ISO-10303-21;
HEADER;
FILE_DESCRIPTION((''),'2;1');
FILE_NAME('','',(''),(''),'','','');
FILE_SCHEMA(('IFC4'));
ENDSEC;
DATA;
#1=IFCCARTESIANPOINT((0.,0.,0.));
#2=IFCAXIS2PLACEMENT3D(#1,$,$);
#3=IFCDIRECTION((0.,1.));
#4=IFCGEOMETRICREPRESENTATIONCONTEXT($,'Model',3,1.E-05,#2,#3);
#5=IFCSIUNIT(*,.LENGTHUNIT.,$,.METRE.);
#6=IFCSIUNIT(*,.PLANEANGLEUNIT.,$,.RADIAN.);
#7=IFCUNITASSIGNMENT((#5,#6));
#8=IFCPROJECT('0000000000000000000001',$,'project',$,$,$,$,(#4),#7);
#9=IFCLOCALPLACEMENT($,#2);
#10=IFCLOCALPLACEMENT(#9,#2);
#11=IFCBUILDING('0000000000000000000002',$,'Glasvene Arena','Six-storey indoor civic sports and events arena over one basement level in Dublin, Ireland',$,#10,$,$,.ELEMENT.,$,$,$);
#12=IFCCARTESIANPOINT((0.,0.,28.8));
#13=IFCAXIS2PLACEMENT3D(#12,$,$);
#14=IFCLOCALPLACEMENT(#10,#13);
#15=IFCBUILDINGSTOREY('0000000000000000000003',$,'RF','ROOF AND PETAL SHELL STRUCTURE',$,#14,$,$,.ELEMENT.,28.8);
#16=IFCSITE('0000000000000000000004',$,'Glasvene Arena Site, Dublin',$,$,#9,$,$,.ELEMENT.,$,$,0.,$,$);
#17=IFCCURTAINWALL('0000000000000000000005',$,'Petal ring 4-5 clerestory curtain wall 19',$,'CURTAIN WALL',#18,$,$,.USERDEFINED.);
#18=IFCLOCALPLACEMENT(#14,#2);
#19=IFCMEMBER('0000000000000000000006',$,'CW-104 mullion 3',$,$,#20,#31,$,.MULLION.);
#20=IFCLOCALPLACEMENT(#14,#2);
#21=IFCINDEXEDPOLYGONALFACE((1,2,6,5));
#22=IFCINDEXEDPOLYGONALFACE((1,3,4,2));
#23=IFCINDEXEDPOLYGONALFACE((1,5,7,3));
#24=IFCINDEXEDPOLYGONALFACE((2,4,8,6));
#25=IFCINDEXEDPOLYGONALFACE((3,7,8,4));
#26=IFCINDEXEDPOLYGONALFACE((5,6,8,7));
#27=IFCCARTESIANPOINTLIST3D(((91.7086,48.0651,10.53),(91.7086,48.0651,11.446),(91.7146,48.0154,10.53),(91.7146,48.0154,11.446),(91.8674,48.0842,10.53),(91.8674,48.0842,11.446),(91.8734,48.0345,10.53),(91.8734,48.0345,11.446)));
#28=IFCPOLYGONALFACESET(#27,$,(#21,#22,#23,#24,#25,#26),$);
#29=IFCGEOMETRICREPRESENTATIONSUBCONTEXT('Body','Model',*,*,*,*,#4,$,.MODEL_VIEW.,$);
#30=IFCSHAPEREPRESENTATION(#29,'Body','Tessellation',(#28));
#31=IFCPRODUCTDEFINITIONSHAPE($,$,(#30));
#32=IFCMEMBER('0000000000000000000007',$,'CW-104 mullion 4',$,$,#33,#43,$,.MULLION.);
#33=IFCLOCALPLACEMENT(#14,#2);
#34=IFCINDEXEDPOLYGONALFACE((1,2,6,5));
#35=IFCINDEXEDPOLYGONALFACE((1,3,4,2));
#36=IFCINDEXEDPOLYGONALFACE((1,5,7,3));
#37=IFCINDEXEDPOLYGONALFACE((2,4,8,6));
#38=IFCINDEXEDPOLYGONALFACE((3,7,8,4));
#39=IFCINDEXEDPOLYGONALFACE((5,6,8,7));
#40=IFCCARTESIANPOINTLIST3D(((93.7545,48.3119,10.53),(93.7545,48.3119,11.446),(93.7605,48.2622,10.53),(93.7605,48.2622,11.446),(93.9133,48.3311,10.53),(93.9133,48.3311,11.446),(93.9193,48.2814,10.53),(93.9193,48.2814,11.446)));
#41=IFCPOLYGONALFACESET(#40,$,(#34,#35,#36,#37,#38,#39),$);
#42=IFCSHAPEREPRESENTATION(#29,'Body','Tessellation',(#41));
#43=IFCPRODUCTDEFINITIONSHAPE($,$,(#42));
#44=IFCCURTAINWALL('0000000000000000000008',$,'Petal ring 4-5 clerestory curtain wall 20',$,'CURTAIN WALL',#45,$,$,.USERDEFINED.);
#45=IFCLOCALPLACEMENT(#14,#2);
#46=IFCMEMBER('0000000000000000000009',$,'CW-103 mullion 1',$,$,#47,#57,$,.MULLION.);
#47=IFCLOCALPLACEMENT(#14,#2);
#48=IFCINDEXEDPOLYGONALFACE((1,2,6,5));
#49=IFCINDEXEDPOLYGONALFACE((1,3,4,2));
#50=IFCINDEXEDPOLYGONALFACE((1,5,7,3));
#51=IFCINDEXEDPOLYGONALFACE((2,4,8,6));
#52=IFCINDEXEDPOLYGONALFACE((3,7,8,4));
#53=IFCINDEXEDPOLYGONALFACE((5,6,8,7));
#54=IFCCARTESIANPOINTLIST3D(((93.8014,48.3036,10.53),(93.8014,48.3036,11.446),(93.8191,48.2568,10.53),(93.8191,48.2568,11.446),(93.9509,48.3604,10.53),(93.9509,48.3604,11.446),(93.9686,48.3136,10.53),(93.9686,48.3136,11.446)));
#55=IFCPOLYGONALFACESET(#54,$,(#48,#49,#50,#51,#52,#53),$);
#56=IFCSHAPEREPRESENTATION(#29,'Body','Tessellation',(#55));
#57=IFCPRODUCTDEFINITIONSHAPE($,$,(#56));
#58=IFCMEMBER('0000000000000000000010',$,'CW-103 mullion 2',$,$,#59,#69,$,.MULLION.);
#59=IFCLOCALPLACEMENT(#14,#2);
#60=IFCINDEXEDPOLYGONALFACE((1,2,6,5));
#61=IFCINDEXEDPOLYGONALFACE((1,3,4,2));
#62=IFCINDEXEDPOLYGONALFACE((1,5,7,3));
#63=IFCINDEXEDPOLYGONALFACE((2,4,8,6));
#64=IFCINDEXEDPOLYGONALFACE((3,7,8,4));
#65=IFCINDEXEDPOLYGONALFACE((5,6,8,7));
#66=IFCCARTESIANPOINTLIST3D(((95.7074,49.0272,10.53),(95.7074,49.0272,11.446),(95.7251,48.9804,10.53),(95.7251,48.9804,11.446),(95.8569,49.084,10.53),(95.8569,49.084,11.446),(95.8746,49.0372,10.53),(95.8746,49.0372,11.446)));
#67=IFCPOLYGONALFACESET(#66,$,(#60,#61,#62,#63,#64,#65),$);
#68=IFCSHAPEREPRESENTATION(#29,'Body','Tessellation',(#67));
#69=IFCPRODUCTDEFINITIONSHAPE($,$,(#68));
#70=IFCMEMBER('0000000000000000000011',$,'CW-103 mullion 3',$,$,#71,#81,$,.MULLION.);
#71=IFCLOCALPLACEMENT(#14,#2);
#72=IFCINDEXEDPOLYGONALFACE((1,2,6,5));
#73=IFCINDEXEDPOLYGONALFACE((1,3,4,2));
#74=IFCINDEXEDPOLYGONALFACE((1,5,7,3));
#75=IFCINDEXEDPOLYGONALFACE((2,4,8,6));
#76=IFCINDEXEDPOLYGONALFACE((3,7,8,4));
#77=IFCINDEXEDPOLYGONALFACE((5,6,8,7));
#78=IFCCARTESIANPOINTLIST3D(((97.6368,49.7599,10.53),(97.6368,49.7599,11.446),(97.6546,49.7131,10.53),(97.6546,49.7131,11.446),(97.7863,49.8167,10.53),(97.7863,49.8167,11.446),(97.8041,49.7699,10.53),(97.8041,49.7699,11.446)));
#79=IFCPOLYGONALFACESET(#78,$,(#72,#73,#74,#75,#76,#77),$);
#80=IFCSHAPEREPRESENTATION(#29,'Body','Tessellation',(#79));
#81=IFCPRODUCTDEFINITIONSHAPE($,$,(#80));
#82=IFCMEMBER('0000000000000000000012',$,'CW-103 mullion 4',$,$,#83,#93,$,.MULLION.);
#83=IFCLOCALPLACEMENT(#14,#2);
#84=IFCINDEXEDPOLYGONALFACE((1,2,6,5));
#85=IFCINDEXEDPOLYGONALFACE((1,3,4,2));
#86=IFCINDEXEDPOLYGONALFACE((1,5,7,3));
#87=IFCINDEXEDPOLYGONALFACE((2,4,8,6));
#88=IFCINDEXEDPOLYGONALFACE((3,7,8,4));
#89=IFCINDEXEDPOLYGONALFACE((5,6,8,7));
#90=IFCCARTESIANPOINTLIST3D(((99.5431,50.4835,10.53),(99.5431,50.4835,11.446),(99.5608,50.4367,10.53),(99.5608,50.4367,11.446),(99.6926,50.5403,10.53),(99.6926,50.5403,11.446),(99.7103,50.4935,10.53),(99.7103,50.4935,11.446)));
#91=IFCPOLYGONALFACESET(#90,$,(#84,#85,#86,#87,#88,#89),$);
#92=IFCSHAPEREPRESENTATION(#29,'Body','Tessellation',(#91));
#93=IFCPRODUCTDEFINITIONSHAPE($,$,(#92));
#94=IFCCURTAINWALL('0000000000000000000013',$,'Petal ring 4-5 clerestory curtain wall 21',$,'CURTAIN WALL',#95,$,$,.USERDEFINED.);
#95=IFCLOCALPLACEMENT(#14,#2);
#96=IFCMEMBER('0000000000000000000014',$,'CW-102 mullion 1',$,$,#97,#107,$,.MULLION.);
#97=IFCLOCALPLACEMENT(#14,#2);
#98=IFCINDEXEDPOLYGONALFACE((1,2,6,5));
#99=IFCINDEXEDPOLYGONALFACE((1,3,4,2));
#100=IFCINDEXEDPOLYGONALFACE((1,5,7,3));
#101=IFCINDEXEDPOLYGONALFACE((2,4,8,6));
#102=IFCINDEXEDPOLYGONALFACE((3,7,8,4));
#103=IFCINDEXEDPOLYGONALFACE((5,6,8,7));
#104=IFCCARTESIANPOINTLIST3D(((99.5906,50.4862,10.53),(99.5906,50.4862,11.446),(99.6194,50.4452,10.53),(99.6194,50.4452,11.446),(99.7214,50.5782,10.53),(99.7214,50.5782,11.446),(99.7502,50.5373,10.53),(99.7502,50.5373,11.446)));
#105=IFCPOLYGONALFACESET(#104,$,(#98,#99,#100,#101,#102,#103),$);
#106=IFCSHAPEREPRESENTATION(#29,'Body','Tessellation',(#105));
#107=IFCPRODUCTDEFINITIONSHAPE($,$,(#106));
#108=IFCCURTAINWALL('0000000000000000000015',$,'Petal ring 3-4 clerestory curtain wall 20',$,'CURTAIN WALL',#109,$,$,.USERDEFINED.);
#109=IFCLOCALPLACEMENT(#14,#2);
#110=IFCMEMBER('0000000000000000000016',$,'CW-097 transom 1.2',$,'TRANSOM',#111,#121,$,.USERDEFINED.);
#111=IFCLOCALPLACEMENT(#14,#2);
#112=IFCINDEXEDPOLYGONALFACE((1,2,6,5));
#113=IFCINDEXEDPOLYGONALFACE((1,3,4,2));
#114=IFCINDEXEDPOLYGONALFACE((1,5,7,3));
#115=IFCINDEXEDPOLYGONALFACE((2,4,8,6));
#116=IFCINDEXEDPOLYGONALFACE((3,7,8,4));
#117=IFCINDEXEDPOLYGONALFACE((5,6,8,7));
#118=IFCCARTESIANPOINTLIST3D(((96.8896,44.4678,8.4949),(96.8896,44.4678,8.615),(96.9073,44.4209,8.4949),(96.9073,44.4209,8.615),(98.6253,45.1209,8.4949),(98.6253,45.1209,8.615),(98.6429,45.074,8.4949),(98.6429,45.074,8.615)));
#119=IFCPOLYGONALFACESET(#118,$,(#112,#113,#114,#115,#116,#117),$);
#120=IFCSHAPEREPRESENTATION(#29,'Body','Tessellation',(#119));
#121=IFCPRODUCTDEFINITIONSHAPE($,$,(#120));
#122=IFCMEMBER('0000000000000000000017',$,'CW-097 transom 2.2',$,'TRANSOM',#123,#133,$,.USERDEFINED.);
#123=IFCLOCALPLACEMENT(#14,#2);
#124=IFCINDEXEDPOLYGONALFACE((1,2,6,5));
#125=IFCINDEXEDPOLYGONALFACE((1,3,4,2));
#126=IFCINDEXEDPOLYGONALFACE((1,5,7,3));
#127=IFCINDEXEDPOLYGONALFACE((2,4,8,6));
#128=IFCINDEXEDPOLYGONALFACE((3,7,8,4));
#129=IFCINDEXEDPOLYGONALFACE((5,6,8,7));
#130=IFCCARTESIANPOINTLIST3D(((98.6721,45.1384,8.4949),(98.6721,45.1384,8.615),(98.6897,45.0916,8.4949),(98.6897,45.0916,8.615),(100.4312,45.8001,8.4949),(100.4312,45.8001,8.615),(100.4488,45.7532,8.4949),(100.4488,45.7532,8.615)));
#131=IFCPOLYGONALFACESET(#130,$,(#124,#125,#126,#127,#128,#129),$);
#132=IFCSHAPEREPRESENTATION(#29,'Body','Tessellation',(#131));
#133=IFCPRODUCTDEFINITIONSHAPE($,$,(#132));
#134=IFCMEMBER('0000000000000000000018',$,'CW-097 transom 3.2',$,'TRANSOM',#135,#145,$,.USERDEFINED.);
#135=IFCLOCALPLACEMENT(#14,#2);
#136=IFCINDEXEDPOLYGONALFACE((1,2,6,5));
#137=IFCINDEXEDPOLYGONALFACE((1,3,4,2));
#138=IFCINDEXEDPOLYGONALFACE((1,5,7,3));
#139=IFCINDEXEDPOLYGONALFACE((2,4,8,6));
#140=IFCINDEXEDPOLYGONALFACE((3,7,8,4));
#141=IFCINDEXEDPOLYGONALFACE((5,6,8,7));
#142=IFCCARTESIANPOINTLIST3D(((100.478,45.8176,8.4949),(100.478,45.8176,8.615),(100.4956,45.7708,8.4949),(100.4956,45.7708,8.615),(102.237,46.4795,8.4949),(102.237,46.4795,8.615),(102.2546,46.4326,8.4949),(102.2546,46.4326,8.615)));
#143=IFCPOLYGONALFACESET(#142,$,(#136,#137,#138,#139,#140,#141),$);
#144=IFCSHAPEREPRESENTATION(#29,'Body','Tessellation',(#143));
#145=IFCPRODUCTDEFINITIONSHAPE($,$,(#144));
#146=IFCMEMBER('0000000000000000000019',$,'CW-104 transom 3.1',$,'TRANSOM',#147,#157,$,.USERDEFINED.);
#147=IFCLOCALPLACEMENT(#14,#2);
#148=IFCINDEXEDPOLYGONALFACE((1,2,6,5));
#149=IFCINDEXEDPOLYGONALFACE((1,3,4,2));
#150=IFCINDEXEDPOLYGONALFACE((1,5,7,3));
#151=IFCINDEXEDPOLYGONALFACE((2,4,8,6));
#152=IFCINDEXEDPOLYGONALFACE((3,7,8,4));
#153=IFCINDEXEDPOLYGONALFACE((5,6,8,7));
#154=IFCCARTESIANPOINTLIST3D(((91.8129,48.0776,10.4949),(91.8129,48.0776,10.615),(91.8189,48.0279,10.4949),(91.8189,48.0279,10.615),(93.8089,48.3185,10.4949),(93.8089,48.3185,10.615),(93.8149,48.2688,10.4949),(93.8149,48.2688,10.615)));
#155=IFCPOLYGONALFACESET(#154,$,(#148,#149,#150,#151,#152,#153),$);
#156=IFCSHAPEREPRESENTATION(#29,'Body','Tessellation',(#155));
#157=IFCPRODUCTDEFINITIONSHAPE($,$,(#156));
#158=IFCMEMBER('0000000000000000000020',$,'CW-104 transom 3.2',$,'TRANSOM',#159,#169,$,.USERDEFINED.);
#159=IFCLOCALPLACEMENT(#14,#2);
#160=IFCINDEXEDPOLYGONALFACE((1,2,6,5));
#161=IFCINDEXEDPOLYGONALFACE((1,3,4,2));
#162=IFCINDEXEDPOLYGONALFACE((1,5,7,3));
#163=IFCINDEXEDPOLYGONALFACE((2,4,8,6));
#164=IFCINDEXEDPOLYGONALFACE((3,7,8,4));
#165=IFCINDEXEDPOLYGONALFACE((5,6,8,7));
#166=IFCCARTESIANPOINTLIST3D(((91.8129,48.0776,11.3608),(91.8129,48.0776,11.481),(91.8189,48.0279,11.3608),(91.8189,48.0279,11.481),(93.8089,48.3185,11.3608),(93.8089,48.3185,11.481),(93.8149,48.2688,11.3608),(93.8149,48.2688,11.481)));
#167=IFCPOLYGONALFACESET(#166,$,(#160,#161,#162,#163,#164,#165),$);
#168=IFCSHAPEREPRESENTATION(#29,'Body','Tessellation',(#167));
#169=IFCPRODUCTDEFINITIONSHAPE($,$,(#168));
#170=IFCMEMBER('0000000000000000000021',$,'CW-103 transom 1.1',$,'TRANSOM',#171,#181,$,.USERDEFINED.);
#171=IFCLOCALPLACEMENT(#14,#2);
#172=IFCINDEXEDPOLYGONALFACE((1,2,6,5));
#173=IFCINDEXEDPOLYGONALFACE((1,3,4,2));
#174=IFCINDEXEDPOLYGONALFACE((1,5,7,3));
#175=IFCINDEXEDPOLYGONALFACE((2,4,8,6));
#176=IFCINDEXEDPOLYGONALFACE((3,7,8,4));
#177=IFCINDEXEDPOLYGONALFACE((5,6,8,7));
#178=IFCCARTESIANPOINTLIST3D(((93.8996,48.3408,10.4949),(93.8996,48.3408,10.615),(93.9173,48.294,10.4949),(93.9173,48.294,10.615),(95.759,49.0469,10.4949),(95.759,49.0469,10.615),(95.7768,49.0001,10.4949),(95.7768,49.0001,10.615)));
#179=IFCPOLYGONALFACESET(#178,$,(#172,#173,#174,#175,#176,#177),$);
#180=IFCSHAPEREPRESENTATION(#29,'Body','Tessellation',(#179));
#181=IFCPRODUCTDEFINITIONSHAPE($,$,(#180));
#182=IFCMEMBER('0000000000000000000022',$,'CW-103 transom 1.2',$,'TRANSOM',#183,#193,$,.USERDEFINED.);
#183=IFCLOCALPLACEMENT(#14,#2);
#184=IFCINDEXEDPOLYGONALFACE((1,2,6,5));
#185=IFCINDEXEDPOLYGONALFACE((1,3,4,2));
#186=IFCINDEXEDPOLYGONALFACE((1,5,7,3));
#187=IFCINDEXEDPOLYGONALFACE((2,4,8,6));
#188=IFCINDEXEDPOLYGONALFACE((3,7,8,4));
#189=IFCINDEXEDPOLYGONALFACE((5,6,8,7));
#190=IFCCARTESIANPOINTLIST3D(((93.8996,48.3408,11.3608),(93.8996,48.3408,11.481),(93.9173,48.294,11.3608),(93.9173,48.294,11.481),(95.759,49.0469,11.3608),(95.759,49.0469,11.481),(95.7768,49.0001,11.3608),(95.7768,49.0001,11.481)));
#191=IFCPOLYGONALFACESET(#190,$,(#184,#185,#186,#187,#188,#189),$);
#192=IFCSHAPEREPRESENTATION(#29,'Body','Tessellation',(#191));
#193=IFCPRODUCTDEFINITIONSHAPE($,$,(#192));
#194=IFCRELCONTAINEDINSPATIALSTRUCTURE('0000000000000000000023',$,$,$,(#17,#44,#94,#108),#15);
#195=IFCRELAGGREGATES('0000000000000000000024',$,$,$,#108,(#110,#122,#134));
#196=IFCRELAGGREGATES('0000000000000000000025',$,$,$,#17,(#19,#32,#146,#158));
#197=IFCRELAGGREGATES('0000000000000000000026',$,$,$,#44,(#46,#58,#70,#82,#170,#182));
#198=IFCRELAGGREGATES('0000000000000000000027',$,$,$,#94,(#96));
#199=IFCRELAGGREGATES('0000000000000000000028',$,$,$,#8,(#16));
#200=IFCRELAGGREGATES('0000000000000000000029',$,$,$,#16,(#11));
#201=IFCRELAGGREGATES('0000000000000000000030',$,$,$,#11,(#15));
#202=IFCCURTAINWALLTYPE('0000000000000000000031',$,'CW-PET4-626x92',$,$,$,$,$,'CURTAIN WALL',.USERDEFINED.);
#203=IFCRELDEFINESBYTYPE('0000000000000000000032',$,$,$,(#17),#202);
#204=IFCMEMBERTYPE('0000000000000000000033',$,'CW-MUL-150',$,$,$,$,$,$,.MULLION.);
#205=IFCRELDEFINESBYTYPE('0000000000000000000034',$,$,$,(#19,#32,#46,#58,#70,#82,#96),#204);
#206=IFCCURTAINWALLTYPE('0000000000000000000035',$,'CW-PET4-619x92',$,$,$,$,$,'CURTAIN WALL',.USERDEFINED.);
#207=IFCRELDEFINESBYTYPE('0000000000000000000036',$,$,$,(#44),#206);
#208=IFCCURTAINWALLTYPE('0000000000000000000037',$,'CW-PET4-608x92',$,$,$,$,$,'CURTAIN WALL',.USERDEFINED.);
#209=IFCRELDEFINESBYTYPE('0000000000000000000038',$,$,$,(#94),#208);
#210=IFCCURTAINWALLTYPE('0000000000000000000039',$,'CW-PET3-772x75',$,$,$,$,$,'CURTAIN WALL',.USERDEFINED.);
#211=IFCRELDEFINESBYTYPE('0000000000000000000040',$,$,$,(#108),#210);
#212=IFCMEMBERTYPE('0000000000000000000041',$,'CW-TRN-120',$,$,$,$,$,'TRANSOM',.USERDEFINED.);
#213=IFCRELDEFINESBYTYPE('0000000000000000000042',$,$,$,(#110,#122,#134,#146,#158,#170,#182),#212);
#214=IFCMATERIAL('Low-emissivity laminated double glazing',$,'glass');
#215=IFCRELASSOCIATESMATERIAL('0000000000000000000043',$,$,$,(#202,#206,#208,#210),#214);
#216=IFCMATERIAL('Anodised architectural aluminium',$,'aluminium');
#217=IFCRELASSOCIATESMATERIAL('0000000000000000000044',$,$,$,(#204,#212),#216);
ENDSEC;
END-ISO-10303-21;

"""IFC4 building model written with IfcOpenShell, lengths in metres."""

from ifc_helpers import new_model, si_unit, direction, frame, origin, origin_2d, place, context, subcontext, project, spatial, rectangle, extrude, material, material_profile, profile_set, type_object, element, aggregate, save


model = new_model("IFC4")

# Units and contexts
model_context = context("Model", 3, precision=1e-05, world=origin(), true_north=direction((0.0, 1.0)))
body_context = subcontext(model_context, "Body", "Model", "MODEL_VIEW")
ifc_project = project(units=[si_unit("LENGTHUNIT", "METRE"), si_unit("PLANEANGLEUNIT", "RADIAN")], contexts=[model_context])

# Site, building, storey
site_placement = place(None, origin())
site = spatial("IfcSite", under=ifc_project, at=site_placement, Name="Glasvene Arena Site, Dublin", CompositionType="ELEMENT", RefElevation=0.0)
building_placement = place(site_placement, origin())
building = spatial("IfcBuilding", under=site, at=building_placement, Name="Glasvene Arena", Description="Six-storey indoor civic sports and events arena over one basement level in Dublin, Ireland", CompositionType="ELEMENT")
storey_placement = place(building_placement, frame((0.0, 0.0, 28.8)))
storey = spatial("IfcBuildingStorey", under=building, at=storey_placement, Name="RF", Description="ROOF AND PETAL SHELL STRUCTURE", CompositionType="ELEMENT", Elevation=28.8)

# Curtain walls, members
ifc_material_1 = material(Name="Low-emissivity laminated double glazing", Category="glass")
curtain_wall_type_1 = type_object("IfcCurtainWallType", Name="CW-PET4-626x92", ElementType="CURTAIN WALL", PredefinedType="USERDEFINED", material=ifc_material_1)
curtain_wall_1_placement = place(storey_placement, frame((87.6499, 47.55, 0.0)))
curtain_wall_1 = element("IfcCurtainWall", 1, at=curtain_wall_1_placement, inside=storey, type_object=curtain_wall_type_1, Name="Petal ring 4-5 clerestory curtain wall 19", ObjectType="CURTAIN WALL", PredefinedType="USERDEFINED")
ifc_material_2 = material(Name="Anodised architectural aluminium", Category="aluminium")
ifc_material_profile_1 = material_profile(ifc_material_2, rectangle(XDim=0.05, YDim=0.1599, at=origin_2d()), Name="ALU MULLION 50x160")
ifc_profile_set_1 = profile_set([ifc_material_profile_1], Name="Anodised architectural aluminium")
member_type_1 = type_object("IfcMemberType", Name="CW-MUL-150", PredefinedType="MULLION", material=ifc_profile_set_1)
member_1_placement = place(storey_placement, frame((91.791, 48.0498, 10.53), z_axis=(0.0, 0.0, 1.0), x_axis=(-0.119806, 0.992797, 0.0)))
member_1 = element("IfcMember", 2, at=member_1_placement, type_object=member_type_1, Name="CW-104 mullion 3", PredefinedType="MULLION", context=body_context, shape_type="SweptSolid", body=[
    extrude(rectangle(XDim=0.05, YDim=0.1599, at=origin_2d()), origin(), (0.0, 0.0, 1.0), 0.916),
])
member_2_placement = place(storey_placement, frame((93.8369, 48.2966, 10.53), z_axis=(0.0, 0.0, 1.0), x_axis=(-0.119806, 0.992797, 0.0)))
member_2 = element("IfcMember", 3, at=member_2_placement, type_object=member_type_1, Name="CW-104 mullion 4", PredefinedType="MULLION", context=body_context, shape_type="SweptSolid", body=[
    extrude(rectangle(XDim=0.05, YDim=0.1599, at=origin_2d()), origin(), (0.0, 0.0, 1.0), 0.916),
])
curtain_wall_type_2 = type_object("IfcCurtainWallType", Name="CW-PET4-619x92", ElementType="CURTAIN WALL", PredefinedType="USERDEFINED", material=ifc_material_1)
curtain_wall_2_placement = place(storey_placement, frame((93.8618, 48.2996, 0.0)))
curtain_wall_2 = element("IfcCurtainWall", 4, at=curtain_wall_2_placement, inside=storey, type_object=curtain_wall_type_2, Name="Petal ring 4-5 clerestory curtain wall 20", ObjectType="CURTAIN WALL", PredefinedType="USERDEFINED")
member_3_placement = place(storey_placement, frame((93.885, 48.3086, 10.53), z_axis=(0.0, 0.0, 1.0), x_axis=(-0.35497, 0.934878, 0.0)))
member_3 = element("IfcMember", 5, at=member_3_placement, type_object=member_type_1, Name="CW-103 mullion 1", PredefinedType="MULLION", context=body_context, shape_type="SweptSolid", body=[
    extrude(rectangle(XDim=0.05, YDim=0.1599, at=origin_2d()), origin(), (0.0, 0.0, 1.0), 0.916),
])
member_4_placement = place(storey_placement, frame((95.791, 49.0322, 10.53), z_axis=(0.0, 0.0, 1.0), x_axis=(-0.35497, 0.934878, 0.0)))
member_4 = element("IfcMember", 6, at=member_4_placement, type_object=member_type_1, Name="CW-103 mullion 2", PredefinedType="MULLION", context=body_context, shape_type="SweptSolid", body=[
    extrude(rectangle(XDim=0.05, YDim=0.1599, at=origin_2d()), origin(), (0.0, 0.0, 1.0), 0.916),
])
member_5_placement = place(storey_placement, frame((97.7205, 49.7649, 10.53), z_axis=(0.0, 0.0, 1.0), x_axis=(-0.35497, 0.934878, 0.0)))
member_5 = element("IfcMember", 7, at=member_5_placement, type_object=member_type_1, Name="CW-103 mullion 3", PredefinedType="MULLION", context=body_context, shape_type="SweptSolid", body=[
    extrude(rectangle(XDim=0.05, YDim=0.1599, at=origin_2d()), origin(), (0.0, 0.0, 1.0), 0.916),
])
member_6_placement = place(storey_placement, frame((99.6267, 50.4885, 10.53), z_axis=(0.0, 0.0, 1.0), x_axis=(-0.35497, 0.934878, 0.0)))
member_6 = element("IfcMember", 8, at=member_6_placement, type_object=member_type_1, Name="CW-103 mullion 4", PredefinedType="MULLION", context=body_context, shape_type="SweptSolid", body=[
    extrude(rectangle(XDim=0.05, YDim=0.1599, at=origin_2d()), origin(), (0.0, 0.0, 1.0), 0.916),
])

# Curtain wall, member
curtain_wall_type_3 = type_object("IfcCurtainWallType", Name="CW-PET4-608x92", ElementType="CURTAIN WALL", PredefinedType="USERDEFINED", material=ifc_material_1)
curtain_wall_3_placement = place(storey_placement, frame((99.6499, 50.4973, 0.0)))
curtain_wall_3 = element("IfcCurtainWall", 9, at=curtain_wall_3_placement, inside=storey, type_object=curtain_wall_type_3, Name="Petal ring 4-5 clerestory curtain wall 21", ObjectType="CURTAIN WALL", PredefinedType="USERDEFINED")
member_7_placement = place(storey_placement, frame((99.6704, 50.5117, 10.53), z_axis=(0.0, 0.0, 1.0), x_axis=(-0.575325, 0.817925, 0.0)))
member_7 = element("IfcMember", 10, at=member_7_placement, type_object=member_type_1, Name="CW-102 mullion 1", PredefinedType="MULLION", context=body_context, shape_type="SweptSolid", body=[
    extrude(rectangle(XDim=0.05, YDim=0.1599, at=origin_2d()), origin(), (0.0, 0.0, 1.0), 0.916),
])

# Curtain wall, members
curtain_wall_type_4 = type_object("IfcCurtainWallType", Name="CW-PET3-772x75", ElementType="CURTAIN WALL", PredefinedType="USERDEFINED", material=ifc_material_1)
curtain_wall_4_placement = place(storey_placement, frame((96.8516, 44.4268, 0.0)))
curtain_wall_4 = element("IfcCurtainWall", 11, at=curtain_wall_4_placement, inside=storey, type_object=curtain_wall_type_4, Name="Petal ring 3-4 clerestory curtain wall 20", ObjectType="CURTAIN WALL", PredefinedType="USERDEFINED")
ifc_material_profile_2 = material_profile(ifc_material_2, rectangle(XDim=0.05, YDim=0.1201, at=origin_2d()), Name="ALU TRANSOM 50x120")
ifc_profile_set_2 = profile_set([ifc_material_profile_2], Name="Anodised architectural aluminium")
member_type_2 = type_object("IfcMemberType", Name="CW-TRN-120", ElementType="TRANSOM", PredefinedType="USERDEFINED", material=ifc_profile_set_2)
member_8_placement = place(storey_placement, frame((96.8984, 44.4443, 8.5549), z_axis=(0.935934, 0.352176, 0.0), x_axis=(-0.352176, 0.935934, 0.0)))
member_8 = element("IfcMember", 12, at=member_8_placement, type_object=member_type_2, Name="CW-097 transom 1.2", ObjectType="TRANSOM", PredefinedType="USERDEFINED", context=body_context, shape_type="SweptSolid", body=[
    extrude(rectangle(XDim=0.05, YDim=0.1201, at=origin_2d()), origin(), (0.0, 0.0, 1.0), 1.8545),
])
member_9_placement = place(storey_placement, frame((98.6809, 45.115, 8.5549), z_axis=(0.935982, 0.352049, 0.0), x_axis=(-0.352049, 0.935982, 0.0)))
member_9 = element("IfcMember", 13, at=member_9_placement, type_object=member_type_2, Name="CW-097 transom 2.2", ObjectType="TRANSOM", PredefinedType="USERDEFINED", context=body_context, shape_type="SweptSolid", body=[
    extrude(rectangle(XDim=0.05, YDim=0.1201, at=origin_2d()), origin(), (0.0, 0.0, 1.0), 1.8794),
])
member_10_placement = place(storey_placement, frame((100.4868, 45.7942, 8.5549), z_axis=(0.935939, 0.352162, 0.0), x_axis=(-0.352162, 0.935939, 0.0)))
member_10 = element("IfcMember", 14, at=member_10_placement, type_object=member_type_2, Name="CW-097 transom 3.2", ObjectType="TRANSOM", PredefinedType="USERDEFINED", context=body_context, shape_type="SweptSolid", body=[
    extrude(rectangle(XDim=0.05, YDim=0.1201, at=origin_2d()), origin(), (0.0, 0.0, 1.0), 1.8794),
])
aggregate(curtain_wall_4, [member_8, member_9, member_10])

# Members
member_11_placement = place(storey_placement, frame((91.8159, 48.0527, 10.5549), z_axis=(0.992792, 0.119849, 0.0), x_axis=(-0.119849, 0.992792, 0.0)))
member_11 = element("IfcMember", 15, at=member_11_placement, type_object=member_type_2, Name="CW-104 transom 3.1", ObjectType="TRANSOM", PredefinedType="USERDEFINED", context=body_context, shape_type="SweptSolid", body=[
    extrude(rectangle(XDim=0.05, YDim=0.1201, at=origin_2d()), origin(), (0.0, 0.0, 1.0), 2.0105),
])
member_12_placement = place(storey_placement, frame((91.8159, 48.0527, 11.4209), z_axis=(0.992792, 0.119849, 0.0), x_axis=(-0.119849, 0.992792, 0.0)))
member_12 = element("IfcMember", 16, at=member_12_placement, type_object=member_type_2, Name="CW-104 transom 3.2", ObjectType="TRANSOM", PredefinedType="USERDEFINED", context=body_context, shape_type="SweptSolid", body=[
    extrude(rectangle(XDim=0.05, YDim=0.1201, at=origin_2d()), origin(), (0.0, 0.0, 1.0), 2.0105),
])
member_13_placement = place(storey_placement, frame((93.9084, 48.3174, 10.5549), z_axis=(0.934868, 0.354995, 0.0), x_axis=(-0.354995, 0.934868, 0.0)))
member_13 = element("IfcMember", 17, at=member_13_placement, type_object=member_type_2, Name="CW-103 transom 1.1", ObjectType="TRANSOM", PredefinedType="USERDEFINED", context=body_context, shape_type="SweptSolid", body=[
    extrude(rectangle(XDim=0.05, YDim=0.1201, at=origin_2d()), origin(), (0.0, 0.0, 1.0), 1.989),
])
member_14_placement = place(storey_placement, frame((93.9084, 48.3174, 11.4209), z_axis=(0.934868, 0.354995, 0.0), x_axis=(-0.354995, 0.934868, 0.0)))
member_14 = element("IfcMember", 18, at=member_14_placement, type_object=member_type_2, Name="CW-103 transom 1.2", ObjectType="TRANSOM", PredefinedType="USERDEFINED", context=body_context, shape_type="SweptSolid", body=[
    extrude(rectangle(XDim=0.05, YDim=0.1201, at=origin_2d()), origin(), (0.0, 0.0, 1.0), 1.989),
])

aggregate(curtain_wall_1, [member_1, member_2, member_11, member_12])
aggregate(curtain_wall_2, [member_3, member_4, member_5, member_6, member_13, member_14])
aggregate(curtain_wall_3, [member_7])

save(model, "model.ifc")
